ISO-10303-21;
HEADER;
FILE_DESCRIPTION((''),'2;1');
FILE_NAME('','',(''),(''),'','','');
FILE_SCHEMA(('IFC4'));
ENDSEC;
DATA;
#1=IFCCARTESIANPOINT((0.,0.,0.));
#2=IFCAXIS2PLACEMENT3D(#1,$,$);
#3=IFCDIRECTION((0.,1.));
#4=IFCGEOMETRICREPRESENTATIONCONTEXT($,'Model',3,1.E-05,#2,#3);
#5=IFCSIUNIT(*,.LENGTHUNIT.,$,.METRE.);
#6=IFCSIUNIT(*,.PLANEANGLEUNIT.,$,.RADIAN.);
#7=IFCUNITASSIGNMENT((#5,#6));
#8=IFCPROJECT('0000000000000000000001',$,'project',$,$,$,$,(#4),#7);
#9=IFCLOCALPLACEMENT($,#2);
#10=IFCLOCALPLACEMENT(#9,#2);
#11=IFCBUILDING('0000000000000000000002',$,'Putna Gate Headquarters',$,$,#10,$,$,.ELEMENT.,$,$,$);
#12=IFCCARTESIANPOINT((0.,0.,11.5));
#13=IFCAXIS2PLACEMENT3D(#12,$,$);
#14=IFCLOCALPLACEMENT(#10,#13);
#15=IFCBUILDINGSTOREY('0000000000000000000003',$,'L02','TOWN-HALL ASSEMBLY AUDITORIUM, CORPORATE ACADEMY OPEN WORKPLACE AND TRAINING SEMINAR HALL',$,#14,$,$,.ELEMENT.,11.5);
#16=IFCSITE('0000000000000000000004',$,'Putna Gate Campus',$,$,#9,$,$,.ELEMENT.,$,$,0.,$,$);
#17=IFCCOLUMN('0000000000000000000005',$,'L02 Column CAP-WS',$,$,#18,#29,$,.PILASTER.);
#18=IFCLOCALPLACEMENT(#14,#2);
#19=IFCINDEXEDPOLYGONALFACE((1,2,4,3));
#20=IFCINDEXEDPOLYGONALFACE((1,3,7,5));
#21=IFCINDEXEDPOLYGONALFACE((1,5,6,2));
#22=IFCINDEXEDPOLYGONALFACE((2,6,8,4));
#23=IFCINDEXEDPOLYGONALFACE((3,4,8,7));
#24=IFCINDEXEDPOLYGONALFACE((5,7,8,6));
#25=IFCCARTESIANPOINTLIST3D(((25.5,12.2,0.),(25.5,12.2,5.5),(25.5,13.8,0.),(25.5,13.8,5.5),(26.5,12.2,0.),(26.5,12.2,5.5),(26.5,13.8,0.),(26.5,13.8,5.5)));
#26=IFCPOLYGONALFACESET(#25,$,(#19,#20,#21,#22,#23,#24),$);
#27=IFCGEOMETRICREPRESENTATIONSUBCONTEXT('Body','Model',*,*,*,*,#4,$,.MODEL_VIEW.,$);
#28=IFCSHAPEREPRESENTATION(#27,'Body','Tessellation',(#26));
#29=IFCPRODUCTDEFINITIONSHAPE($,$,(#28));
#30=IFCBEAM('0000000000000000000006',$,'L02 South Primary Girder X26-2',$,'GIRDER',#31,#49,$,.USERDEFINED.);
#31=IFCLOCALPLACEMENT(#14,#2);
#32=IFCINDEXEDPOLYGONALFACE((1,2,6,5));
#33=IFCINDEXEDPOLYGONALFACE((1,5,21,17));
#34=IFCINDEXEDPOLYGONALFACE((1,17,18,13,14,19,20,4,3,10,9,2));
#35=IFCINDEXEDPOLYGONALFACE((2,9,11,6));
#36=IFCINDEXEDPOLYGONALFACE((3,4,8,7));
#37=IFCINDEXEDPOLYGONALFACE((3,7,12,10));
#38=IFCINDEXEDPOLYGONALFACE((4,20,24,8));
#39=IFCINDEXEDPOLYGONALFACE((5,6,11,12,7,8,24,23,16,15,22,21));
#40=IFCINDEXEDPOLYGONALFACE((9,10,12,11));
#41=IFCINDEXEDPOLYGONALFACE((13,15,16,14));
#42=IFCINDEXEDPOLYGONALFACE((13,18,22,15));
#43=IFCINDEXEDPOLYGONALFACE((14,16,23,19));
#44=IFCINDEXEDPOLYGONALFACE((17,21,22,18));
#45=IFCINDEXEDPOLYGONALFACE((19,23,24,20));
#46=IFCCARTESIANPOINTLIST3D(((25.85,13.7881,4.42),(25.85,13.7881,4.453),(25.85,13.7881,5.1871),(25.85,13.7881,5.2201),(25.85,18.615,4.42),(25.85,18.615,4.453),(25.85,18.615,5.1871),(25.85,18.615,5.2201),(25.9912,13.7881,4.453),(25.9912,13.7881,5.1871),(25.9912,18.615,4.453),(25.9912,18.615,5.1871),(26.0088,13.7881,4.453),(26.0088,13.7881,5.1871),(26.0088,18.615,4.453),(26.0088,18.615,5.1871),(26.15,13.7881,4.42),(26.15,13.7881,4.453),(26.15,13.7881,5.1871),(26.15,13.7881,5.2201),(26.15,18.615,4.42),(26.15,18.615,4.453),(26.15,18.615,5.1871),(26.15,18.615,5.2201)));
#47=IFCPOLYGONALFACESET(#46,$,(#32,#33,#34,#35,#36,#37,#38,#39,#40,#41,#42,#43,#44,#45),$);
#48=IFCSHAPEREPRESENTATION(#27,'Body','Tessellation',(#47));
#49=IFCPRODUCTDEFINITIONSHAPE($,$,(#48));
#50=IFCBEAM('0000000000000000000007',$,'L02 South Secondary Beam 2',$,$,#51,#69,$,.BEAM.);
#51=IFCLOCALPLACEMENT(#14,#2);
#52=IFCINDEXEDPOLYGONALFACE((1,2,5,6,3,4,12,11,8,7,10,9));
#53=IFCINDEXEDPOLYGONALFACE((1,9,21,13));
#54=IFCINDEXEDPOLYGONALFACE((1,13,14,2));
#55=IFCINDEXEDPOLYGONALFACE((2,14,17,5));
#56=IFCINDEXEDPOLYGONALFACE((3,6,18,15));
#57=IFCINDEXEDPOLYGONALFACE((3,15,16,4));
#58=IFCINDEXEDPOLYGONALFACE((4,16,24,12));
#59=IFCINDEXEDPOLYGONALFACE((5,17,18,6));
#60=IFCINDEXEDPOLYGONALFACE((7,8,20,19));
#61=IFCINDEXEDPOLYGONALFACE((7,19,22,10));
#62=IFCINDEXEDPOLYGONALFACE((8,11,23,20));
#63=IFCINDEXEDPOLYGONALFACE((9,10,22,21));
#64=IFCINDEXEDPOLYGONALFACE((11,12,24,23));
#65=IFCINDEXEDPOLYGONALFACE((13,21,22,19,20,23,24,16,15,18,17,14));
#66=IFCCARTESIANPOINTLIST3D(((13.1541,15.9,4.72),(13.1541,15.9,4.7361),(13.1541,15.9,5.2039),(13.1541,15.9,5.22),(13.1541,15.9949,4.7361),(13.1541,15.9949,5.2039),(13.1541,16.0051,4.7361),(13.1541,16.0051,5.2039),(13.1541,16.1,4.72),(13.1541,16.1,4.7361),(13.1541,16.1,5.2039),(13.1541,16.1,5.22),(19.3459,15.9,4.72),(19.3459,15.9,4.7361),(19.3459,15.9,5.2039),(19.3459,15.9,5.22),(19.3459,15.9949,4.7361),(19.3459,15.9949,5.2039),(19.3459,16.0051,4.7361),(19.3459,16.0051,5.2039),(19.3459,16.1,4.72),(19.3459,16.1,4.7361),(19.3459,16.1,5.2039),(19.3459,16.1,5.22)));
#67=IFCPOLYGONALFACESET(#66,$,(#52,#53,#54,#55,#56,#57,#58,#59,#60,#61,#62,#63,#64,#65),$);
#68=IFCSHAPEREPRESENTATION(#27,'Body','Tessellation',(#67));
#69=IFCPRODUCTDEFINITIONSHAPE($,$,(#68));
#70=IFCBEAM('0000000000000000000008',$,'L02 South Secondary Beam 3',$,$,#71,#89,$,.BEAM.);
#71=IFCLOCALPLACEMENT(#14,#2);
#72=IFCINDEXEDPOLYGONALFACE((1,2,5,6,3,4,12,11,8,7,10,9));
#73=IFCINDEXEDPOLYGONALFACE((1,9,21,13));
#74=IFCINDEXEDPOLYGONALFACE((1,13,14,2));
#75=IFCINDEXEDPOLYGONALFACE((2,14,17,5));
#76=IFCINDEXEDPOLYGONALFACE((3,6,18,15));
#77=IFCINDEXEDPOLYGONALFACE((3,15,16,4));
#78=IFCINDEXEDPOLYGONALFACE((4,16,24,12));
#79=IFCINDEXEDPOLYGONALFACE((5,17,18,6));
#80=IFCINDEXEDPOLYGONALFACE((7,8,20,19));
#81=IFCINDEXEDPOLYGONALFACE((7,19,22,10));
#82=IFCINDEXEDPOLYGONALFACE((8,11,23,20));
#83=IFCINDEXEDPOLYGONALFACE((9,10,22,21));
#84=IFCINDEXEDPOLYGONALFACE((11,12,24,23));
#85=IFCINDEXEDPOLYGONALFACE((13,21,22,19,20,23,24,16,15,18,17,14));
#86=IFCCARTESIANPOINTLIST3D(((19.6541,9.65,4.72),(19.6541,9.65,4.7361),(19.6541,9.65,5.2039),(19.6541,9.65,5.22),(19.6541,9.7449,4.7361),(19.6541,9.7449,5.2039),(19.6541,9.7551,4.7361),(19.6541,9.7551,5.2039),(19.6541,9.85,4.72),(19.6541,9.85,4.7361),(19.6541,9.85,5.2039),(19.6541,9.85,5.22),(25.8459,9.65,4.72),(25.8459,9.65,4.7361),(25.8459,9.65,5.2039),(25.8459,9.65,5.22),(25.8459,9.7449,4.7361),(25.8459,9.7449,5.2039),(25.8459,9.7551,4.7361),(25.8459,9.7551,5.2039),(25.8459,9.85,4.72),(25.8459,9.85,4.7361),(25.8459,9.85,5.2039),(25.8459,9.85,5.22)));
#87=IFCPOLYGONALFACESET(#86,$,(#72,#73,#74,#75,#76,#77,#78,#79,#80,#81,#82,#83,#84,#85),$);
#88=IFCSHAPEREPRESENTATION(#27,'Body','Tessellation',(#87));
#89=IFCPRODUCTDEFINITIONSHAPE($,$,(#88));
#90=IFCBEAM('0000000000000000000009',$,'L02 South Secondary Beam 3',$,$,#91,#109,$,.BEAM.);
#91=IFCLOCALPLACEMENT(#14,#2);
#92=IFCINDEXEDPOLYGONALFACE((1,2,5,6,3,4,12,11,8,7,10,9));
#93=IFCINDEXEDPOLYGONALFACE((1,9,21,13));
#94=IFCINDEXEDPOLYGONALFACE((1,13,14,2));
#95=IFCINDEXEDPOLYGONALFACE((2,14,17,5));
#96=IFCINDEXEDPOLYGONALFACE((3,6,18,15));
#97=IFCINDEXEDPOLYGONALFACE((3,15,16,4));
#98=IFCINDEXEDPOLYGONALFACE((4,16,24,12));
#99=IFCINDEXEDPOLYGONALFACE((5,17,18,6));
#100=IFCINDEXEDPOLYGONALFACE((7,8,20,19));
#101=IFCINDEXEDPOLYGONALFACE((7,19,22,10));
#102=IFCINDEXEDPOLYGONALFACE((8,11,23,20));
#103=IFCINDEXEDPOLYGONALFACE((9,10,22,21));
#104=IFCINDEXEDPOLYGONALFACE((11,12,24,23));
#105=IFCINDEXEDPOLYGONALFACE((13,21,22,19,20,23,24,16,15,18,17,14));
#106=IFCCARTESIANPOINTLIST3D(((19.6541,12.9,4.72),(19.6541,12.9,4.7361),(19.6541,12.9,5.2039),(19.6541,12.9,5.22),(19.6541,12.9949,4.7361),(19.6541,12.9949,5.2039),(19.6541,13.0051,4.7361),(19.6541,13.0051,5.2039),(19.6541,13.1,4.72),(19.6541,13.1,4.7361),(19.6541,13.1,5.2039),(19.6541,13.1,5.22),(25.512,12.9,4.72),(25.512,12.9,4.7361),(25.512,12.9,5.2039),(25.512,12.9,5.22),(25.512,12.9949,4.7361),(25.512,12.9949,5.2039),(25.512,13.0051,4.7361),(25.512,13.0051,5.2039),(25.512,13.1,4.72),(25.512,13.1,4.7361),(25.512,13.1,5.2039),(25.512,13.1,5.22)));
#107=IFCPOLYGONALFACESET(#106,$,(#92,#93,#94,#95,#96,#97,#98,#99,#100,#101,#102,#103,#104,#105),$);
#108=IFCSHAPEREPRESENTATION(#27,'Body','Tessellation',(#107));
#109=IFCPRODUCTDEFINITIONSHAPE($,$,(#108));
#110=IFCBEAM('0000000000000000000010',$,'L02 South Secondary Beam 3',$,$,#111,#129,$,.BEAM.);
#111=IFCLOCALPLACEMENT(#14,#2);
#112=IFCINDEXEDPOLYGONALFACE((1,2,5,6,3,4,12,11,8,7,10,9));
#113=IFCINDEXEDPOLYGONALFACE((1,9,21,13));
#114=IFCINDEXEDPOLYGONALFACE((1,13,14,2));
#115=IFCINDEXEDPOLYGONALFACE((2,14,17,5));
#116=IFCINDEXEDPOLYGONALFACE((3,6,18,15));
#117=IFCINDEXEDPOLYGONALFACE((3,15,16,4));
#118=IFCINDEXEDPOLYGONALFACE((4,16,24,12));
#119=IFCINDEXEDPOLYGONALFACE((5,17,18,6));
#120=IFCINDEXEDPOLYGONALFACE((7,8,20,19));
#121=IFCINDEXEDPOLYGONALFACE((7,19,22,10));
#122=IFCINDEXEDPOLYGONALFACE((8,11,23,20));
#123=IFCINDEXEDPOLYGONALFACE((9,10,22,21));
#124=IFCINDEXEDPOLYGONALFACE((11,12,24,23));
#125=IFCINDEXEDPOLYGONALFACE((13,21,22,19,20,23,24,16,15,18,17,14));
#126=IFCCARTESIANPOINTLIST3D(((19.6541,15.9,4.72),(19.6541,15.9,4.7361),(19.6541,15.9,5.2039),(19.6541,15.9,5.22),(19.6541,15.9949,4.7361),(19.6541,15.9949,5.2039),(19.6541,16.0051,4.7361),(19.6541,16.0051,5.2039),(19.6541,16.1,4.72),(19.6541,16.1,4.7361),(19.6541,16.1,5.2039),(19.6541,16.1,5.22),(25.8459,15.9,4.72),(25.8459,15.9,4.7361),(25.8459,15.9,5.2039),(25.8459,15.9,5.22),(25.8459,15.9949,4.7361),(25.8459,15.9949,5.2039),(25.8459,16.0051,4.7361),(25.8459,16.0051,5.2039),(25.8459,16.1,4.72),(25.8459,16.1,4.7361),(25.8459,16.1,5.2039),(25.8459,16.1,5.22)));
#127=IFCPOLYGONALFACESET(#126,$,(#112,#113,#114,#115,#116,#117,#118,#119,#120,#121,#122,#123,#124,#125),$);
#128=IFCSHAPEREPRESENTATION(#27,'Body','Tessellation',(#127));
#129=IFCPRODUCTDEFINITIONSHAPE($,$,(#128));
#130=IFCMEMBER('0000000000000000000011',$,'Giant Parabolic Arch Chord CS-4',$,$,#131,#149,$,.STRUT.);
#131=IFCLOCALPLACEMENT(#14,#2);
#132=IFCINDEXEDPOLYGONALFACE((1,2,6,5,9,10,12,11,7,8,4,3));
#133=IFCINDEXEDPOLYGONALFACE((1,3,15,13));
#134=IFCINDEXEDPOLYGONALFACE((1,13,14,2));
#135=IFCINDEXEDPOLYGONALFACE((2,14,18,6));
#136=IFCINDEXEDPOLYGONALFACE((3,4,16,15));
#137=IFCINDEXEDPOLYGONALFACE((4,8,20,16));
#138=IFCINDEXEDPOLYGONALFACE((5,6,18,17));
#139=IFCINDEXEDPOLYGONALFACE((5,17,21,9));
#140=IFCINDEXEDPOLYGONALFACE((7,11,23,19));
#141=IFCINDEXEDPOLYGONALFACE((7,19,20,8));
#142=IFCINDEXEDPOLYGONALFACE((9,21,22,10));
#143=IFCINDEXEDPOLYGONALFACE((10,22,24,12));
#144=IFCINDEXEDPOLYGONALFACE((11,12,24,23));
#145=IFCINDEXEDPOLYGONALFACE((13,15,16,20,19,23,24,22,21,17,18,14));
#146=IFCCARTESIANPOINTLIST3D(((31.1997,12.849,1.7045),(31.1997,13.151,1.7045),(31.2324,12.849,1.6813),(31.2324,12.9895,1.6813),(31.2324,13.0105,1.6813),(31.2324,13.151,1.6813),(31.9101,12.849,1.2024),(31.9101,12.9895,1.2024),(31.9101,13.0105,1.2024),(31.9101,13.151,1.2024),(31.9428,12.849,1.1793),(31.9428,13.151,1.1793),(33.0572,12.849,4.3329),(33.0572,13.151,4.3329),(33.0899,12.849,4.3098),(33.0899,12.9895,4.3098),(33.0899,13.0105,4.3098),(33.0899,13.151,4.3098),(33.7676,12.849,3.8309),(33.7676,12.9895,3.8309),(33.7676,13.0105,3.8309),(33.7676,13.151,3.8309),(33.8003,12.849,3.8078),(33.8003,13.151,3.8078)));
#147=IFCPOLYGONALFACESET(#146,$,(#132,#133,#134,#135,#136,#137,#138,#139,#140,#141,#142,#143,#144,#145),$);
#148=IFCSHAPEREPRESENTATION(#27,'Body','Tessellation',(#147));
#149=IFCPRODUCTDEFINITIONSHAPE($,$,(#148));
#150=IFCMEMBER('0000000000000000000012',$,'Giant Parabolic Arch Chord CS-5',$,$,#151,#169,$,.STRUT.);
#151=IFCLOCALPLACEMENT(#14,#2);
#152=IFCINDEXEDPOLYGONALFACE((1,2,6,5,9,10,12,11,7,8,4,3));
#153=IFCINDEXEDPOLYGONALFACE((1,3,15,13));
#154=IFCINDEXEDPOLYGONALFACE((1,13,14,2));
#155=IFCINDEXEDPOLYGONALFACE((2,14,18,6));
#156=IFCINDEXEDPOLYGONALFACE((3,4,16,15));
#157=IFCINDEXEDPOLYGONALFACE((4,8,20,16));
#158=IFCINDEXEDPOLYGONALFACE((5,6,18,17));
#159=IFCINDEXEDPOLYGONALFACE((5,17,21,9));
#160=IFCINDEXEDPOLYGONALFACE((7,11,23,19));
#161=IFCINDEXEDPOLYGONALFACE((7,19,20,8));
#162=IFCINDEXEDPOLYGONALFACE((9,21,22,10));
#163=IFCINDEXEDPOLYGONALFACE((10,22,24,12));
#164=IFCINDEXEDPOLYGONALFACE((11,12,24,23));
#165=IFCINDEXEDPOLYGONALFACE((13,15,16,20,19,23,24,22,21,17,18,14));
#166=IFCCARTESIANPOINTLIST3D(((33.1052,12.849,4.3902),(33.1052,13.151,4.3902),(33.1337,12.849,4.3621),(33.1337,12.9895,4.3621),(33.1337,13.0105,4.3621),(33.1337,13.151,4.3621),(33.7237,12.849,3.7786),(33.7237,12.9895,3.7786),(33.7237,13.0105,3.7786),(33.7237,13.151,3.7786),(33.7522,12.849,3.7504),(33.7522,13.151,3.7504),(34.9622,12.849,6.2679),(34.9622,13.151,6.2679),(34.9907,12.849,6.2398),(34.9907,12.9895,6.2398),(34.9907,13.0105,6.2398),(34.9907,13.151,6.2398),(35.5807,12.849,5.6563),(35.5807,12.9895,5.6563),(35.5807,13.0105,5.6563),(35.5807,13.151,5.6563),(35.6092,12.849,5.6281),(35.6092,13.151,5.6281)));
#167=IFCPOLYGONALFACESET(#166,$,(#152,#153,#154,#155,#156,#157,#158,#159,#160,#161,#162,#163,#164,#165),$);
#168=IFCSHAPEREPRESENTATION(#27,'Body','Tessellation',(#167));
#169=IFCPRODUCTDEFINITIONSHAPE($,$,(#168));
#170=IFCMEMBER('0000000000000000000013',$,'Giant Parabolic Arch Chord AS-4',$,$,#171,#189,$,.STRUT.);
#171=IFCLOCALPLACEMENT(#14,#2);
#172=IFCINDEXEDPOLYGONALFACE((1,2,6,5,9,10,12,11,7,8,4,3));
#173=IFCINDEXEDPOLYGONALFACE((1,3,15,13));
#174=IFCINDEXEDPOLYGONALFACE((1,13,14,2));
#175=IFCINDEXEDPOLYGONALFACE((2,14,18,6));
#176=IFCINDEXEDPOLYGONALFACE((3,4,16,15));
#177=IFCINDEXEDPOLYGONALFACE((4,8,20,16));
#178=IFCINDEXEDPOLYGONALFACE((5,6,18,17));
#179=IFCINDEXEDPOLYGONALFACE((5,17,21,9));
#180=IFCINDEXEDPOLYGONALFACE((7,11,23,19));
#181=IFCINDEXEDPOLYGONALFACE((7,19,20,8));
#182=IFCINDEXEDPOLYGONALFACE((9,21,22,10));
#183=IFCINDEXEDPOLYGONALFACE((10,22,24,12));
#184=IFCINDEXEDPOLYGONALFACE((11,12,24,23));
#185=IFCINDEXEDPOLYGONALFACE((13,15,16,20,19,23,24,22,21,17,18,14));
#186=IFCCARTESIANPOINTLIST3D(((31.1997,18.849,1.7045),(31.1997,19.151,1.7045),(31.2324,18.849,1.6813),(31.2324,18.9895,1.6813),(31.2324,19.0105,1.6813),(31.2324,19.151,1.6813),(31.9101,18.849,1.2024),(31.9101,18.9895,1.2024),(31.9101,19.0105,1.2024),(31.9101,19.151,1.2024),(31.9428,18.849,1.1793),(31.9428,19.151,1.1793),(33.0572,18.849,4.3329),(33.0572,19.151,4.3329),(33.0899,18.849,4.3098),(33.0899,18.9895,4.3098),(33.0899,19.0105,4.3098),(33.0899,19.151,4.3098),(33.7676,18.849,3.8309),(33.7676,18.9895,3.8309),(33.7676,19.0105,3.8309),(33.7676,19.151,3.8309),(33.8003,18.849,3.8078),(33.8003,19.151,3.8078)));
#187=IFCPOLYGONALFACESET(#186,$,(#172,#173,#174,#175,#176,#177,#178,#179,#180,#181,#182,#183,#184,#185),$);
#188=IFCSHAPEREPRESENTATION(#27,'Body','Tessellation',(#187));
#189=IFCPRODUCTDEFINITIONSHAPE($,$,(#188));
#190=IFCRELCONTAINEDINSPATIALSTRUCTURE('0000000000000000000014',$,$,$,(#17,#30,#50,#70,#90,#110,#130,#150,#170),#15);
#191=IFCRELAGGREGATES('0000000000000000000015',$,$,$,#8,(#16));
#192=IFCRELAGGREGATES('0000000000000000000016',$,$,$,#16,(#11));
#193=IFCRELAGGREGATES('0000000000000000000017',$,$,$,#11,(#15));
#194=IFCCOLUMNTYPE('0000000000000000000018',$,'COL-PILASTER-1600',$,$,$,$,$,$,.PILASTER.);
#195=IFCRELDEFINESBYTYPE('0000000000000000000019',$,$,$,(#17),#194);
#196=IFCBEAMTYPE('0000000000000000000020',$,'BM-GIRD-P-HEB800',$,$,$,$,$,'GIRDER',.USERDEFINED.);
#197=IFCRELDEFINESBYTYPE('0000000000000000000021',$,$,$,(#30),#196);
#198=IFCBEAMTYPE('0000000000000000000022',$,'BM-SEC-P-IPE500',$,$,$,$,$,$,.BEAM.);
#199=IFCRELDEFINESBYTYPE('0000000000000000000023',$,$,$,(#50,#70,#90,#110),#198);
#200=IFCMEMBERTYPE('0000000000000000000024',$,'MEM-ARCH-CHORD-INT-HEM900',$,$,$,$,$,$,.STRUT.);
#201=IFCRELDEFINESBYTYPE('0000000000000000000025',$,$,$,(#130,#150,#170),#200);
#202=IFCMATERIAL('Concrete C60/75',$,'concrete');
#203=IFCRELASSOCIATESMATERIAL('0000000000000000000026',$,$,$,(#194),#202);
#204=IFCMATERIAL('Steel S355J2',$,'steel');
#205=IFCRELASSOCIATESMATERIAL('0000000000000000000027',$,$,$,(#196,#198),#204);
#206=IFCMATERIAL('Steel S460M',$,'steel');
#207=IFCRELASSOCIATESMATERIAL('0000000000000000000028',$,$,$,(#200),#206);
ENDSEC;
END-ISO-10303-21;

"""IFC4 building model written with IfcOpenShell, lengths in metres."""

from ifc_helpers import new_model, si_unit, direction, frame, origin, origin_2d, place, context, subcontext, project, spatial, rectangle, i_section, extrude, material, material_profile, profile_set, type_object, element, save


model = new_model("IFC4")

# Units and contexts
model_context = context("Model", 3, precision=1e-05, world=origin(), true_north=direction((0.0, 1.0)))
body_context = subcontext(model_context, "Body", "Model", "MODEL_VIEW")
ifc_project = project(units=[si_unit("LENGTHUNIT", "METRE"), si_unit("PLANEANGLEUNIT", "RADIAN")], contexts=[model_context])

# Site, building, storey
site_placement = place(None, origin())
site = spatial("IfcSite", under=ifc_project, at=site_placement, Name="Putna Gate Campus", CompositionType="ELEMENT", RefElevation=0.0)
building_placement = place(site_placement, origin())
building = spatial("IfcBuilding", under=site, at=building_placement, Name="Putna Gate Headquarters", CompositionType="ELEMENT")
storey_placement = place(building_placement, frame((0.0, 0.0, 11.5)))
storey = spatial("IfcBuildingStorey", under=building, at=storey_placement, Name="L02", Description="TOWN-HALL ASSEMBLY AUDITORIUM, CORPORATE ACADEMY OPEN WORKPLACE AND TRAINING SEMINAR HALL", CompositionType="ELEMENT", Elevation=11.5)

# Column
ifc_material_1 = material(Name="Concrete C60/75", Category="concrete")
ifc_material_profile_1 = material_profile(ifc_material_1, rectangle(XDim=1.0, YDim=1.6001, at=origin_2d()), Name="Concrete C60/75")
ifc_profile_set_1 = profile_set([ifc_material_profile_1], Name="Concrete C60/75")
column_type = type_object("IfcColumnType", Name="COL-PILASTER-1600", PredefinedType="PILASTER", material=ifc_profile_set_1)
column_placement = place(storey_placement, frame((26.0, 13.0, 0.0), z_axis=(0.0, 0.0, 1.0), x_axis=(1.0, 0.0, 0.0)))
element("IfcColumn", 1, at=column_placement, inside=storey, type_object=column_type, Name="L02 Column CAP-WS", PredefinedType="PILASTER", context=body_context, shape_type="SweptSolid", body=[
    extrude(rectangle(XDim=1.0, YDim=1.6001, at=origin_2d()), origin(), (0.0, 0.0, 1.0), 5.5),
])

# Beams
ifc_material_2 = material(Name="Steel S355J2", Category="steel")
ifc_material_profile_2 = material_profile(ifc_material_2, i_section(OverallWidth=0.3, OverallDepth=0.8, WebThickness=0.0176, FlangeThickness=0.033, at=origin_2d()), Name="Steel S355J2")
ifc_profile_set_2 = profile_set([ifc_material_profile_2], Name="Steel S355J2")
beam_type_1 = type_object("IfcBeamType", Name="BM-GIRD-P-HEB800", ElementType="GIRDER", PredefinedType="USERDEFINED", material=ifc_profile_set_2)
beam_1_placement = place(storey_placement, frame((26.0, 13.7881, 4.8201), z_axis=(0.0, 1.0, 0.0), x_axis=(-1.0, 0.0, 0.0)))
element("IfcBeam", 2, at=beam_1_placement, inside=storey, type_object=beam_type_1, Name="L02 South Primary Girder X26-2", ObjectType="GIRDER", PredefinedType="USERDEFINED", context=body_context, shape_type="SweptSolid", body=[
    extrude(i_section(OverallWidth=0.3, OverallDepth=0.8, WebThickness=0.0176, FlangeThickness=0.033, at=origin_2d()), origin(), (0.0, 0.0, 1.0), 4.8269),
])
ifc_material_profile_3 = material_profile(ifc_material_2, i_section(OverallWidth=0.2, OverallDepth=0.5, WebThickness=0.0103, FlangeThickness=0.0161, at=origin_2d()), Name="Steel S355J2")
ifc_profile_set_3 = profile_set([ifc_material_profile_3], Name="Steel S355J2")
beam_type_2 = type_object("IfcBeamType", Name="BM-SEC-P-IPE500", PredefinedType="BEAM", material=ifc_profile_set_3)
for number, where, z_axis, x_axis, name in (
    (3, (13.1541, 16.0, 4.97), (1.0, 0.0, 0.0), (0.0, 1.0, 0.0), "L02 South Secondary Beam 2"),
    (4, (19.6541, 9.75, 4.97), (1.0, 0.0, 0.0), (0.0, 1.0, 0.0), "L02 South Secondary Beam 3"),
):
    element("IfcBeam", number, at=place(storey_placement, frame(where, z_axis=z_axis, x_axis=x_axis)), inside=storey, type_object=beam_type_2, Name=name, PredefinedType="BEAM", context=body_context, shape_type="SweptSolid", body=[
        extrude(i_section(OverallWidth=0.2, OverallDepth=0.5, WebThickness=0.0103, FlangeThickness=0.0161, at=origin_2d()), origin(), (0.0, 0.0, 1.0), 6.1919),
    ])
beam_2_placement = place(storey_placement, frame((19.6541, 13.0, 4.97), z_axis=(1.0, 0.0, 0.0), x_axis=(0.0, 1.0, 0.0)))
element("IfcBeam", 5, at=beam_2_placement, inside=storey, type_object=beam_type_2, Name="L02 South Secondary Beam 3", PredefinedType="BEAM", context=body_context, shape_type="SweptSolid", body=[
    extrude(i_section(OverallWidth=0.2, OverallDepth=0.5, WebThickness=0.0103, FlangeThickness=0.0161, at=origin_2d()), origin(), (0.0, 0.0, 1.0), 5.8579),
])
beam_3_placement = place(storey_placement, frame((19.6541, 16.0, 4.97), z_axis=(1.0, 0.0, 0.0), x_axis=(0.0, 1.0, 0.0)))
element("IfcBeam", 6, at=beam_3_placement, inside=storey, type_object=beam_type_2, Name="L02 South Secondary Beam 3", PredefinedType="BEAM", context=body_context, shape_type="SweptSolid", body=[
    extrude(i_section(OverallWidth=0.2, OverallDepth=0.5, WebThickness=0.0103, FlangeThickness=0.0161, at=origin_2d()), origin(), (0.0, 0.0, 1.0), 6.1919),
])

# Members
ifc_material_3 = material(Name="Steel S460M", Category="steel")
ifc_material_profile_4 = material_profile(ifc_material_3, i_section(OverallWidth=0.302, OverallDepth=0.9099, WebThickness=0.021, FlangeThickness=0.04, at=origin_2d()), Name="Steel S460M")
ifc_profile_set_4 = profile_set([ifc_material_profile_4], Name="Steel S460M")
member_type_1 = type_object("IfcMemberType", Name="MEM-ARCH-CHORD-INT-HEM900", PredefinedType="STRUT", material=ifc_profile_set_4)
member_1_placement = place(storey_placement, frame((31.5713, 13.0, 1.4419), z_axis=(0.577112, 0.0, 0.816665), x_axis=(0.0, 1.0, 0.0)))
element("IfcMember", 7, at=member_1_placement, inside=storey, type_object=member_type_1, Name="Giant Parabolic Arch Chord CS-4", PredefinedType="STRUT", context=body_context, shape_type="SweptSolid", body=[
    extrude(i_section(OverallWidth=0.302, OverallDepth=0.9099, WebThickness=0.021, FlangeThickness=0.04, at=origin_2d()), origin(), (0.0, 0.0, 1.0), 3.2185),
])
member_2_placement = place(storey_placement, frame((33.4287, 13.0, 4.0703), z_axis=(0.703167, 0.0, 0.711025), x_axis=(0.0, 1.0, 0.0)))
element("IfcMember", 8, at=member_2_placement, inside=storey, type_object=member_type_1, Name="Giant Parabolic Arch Chord CS-5", PredefinedType="STRUT", context=body_context, shape_type="SweptSolid", body=[
    extrude(i_section(OverallWidth=0.302, OverallDepth=0.9099, WebThickness=0.021, FlangeThickness=0.04, at=origin_2d()), origin(), (0.0, 0.0, 1.0), 2.6409),
])
member_3_placement = place(storey_placement, frame((31.5713, 19.0, 1.4419), z_axis=(0.577112, 0.0, 0.816665), x_axis=(0.0, 1.0, 0.0)))
element("IfcMember", 9, at=member_3_placement, inside=storey, type_object=member_type_1, Name="Giant Parabolic Arch Chord AS-4", PredefinedType="STRUT", context=body_context, shape_type="SweptSolid", body=[
    extrude(i_section(OverallWidth=0.302, OverallDepth=0.9099, WebThickness=0.021, FlangeThickness=0.04, at=origin_2d()), origin(), (0.0, 0.0, 1.0), 3.2185),
])

save(model, "model.ifc")
